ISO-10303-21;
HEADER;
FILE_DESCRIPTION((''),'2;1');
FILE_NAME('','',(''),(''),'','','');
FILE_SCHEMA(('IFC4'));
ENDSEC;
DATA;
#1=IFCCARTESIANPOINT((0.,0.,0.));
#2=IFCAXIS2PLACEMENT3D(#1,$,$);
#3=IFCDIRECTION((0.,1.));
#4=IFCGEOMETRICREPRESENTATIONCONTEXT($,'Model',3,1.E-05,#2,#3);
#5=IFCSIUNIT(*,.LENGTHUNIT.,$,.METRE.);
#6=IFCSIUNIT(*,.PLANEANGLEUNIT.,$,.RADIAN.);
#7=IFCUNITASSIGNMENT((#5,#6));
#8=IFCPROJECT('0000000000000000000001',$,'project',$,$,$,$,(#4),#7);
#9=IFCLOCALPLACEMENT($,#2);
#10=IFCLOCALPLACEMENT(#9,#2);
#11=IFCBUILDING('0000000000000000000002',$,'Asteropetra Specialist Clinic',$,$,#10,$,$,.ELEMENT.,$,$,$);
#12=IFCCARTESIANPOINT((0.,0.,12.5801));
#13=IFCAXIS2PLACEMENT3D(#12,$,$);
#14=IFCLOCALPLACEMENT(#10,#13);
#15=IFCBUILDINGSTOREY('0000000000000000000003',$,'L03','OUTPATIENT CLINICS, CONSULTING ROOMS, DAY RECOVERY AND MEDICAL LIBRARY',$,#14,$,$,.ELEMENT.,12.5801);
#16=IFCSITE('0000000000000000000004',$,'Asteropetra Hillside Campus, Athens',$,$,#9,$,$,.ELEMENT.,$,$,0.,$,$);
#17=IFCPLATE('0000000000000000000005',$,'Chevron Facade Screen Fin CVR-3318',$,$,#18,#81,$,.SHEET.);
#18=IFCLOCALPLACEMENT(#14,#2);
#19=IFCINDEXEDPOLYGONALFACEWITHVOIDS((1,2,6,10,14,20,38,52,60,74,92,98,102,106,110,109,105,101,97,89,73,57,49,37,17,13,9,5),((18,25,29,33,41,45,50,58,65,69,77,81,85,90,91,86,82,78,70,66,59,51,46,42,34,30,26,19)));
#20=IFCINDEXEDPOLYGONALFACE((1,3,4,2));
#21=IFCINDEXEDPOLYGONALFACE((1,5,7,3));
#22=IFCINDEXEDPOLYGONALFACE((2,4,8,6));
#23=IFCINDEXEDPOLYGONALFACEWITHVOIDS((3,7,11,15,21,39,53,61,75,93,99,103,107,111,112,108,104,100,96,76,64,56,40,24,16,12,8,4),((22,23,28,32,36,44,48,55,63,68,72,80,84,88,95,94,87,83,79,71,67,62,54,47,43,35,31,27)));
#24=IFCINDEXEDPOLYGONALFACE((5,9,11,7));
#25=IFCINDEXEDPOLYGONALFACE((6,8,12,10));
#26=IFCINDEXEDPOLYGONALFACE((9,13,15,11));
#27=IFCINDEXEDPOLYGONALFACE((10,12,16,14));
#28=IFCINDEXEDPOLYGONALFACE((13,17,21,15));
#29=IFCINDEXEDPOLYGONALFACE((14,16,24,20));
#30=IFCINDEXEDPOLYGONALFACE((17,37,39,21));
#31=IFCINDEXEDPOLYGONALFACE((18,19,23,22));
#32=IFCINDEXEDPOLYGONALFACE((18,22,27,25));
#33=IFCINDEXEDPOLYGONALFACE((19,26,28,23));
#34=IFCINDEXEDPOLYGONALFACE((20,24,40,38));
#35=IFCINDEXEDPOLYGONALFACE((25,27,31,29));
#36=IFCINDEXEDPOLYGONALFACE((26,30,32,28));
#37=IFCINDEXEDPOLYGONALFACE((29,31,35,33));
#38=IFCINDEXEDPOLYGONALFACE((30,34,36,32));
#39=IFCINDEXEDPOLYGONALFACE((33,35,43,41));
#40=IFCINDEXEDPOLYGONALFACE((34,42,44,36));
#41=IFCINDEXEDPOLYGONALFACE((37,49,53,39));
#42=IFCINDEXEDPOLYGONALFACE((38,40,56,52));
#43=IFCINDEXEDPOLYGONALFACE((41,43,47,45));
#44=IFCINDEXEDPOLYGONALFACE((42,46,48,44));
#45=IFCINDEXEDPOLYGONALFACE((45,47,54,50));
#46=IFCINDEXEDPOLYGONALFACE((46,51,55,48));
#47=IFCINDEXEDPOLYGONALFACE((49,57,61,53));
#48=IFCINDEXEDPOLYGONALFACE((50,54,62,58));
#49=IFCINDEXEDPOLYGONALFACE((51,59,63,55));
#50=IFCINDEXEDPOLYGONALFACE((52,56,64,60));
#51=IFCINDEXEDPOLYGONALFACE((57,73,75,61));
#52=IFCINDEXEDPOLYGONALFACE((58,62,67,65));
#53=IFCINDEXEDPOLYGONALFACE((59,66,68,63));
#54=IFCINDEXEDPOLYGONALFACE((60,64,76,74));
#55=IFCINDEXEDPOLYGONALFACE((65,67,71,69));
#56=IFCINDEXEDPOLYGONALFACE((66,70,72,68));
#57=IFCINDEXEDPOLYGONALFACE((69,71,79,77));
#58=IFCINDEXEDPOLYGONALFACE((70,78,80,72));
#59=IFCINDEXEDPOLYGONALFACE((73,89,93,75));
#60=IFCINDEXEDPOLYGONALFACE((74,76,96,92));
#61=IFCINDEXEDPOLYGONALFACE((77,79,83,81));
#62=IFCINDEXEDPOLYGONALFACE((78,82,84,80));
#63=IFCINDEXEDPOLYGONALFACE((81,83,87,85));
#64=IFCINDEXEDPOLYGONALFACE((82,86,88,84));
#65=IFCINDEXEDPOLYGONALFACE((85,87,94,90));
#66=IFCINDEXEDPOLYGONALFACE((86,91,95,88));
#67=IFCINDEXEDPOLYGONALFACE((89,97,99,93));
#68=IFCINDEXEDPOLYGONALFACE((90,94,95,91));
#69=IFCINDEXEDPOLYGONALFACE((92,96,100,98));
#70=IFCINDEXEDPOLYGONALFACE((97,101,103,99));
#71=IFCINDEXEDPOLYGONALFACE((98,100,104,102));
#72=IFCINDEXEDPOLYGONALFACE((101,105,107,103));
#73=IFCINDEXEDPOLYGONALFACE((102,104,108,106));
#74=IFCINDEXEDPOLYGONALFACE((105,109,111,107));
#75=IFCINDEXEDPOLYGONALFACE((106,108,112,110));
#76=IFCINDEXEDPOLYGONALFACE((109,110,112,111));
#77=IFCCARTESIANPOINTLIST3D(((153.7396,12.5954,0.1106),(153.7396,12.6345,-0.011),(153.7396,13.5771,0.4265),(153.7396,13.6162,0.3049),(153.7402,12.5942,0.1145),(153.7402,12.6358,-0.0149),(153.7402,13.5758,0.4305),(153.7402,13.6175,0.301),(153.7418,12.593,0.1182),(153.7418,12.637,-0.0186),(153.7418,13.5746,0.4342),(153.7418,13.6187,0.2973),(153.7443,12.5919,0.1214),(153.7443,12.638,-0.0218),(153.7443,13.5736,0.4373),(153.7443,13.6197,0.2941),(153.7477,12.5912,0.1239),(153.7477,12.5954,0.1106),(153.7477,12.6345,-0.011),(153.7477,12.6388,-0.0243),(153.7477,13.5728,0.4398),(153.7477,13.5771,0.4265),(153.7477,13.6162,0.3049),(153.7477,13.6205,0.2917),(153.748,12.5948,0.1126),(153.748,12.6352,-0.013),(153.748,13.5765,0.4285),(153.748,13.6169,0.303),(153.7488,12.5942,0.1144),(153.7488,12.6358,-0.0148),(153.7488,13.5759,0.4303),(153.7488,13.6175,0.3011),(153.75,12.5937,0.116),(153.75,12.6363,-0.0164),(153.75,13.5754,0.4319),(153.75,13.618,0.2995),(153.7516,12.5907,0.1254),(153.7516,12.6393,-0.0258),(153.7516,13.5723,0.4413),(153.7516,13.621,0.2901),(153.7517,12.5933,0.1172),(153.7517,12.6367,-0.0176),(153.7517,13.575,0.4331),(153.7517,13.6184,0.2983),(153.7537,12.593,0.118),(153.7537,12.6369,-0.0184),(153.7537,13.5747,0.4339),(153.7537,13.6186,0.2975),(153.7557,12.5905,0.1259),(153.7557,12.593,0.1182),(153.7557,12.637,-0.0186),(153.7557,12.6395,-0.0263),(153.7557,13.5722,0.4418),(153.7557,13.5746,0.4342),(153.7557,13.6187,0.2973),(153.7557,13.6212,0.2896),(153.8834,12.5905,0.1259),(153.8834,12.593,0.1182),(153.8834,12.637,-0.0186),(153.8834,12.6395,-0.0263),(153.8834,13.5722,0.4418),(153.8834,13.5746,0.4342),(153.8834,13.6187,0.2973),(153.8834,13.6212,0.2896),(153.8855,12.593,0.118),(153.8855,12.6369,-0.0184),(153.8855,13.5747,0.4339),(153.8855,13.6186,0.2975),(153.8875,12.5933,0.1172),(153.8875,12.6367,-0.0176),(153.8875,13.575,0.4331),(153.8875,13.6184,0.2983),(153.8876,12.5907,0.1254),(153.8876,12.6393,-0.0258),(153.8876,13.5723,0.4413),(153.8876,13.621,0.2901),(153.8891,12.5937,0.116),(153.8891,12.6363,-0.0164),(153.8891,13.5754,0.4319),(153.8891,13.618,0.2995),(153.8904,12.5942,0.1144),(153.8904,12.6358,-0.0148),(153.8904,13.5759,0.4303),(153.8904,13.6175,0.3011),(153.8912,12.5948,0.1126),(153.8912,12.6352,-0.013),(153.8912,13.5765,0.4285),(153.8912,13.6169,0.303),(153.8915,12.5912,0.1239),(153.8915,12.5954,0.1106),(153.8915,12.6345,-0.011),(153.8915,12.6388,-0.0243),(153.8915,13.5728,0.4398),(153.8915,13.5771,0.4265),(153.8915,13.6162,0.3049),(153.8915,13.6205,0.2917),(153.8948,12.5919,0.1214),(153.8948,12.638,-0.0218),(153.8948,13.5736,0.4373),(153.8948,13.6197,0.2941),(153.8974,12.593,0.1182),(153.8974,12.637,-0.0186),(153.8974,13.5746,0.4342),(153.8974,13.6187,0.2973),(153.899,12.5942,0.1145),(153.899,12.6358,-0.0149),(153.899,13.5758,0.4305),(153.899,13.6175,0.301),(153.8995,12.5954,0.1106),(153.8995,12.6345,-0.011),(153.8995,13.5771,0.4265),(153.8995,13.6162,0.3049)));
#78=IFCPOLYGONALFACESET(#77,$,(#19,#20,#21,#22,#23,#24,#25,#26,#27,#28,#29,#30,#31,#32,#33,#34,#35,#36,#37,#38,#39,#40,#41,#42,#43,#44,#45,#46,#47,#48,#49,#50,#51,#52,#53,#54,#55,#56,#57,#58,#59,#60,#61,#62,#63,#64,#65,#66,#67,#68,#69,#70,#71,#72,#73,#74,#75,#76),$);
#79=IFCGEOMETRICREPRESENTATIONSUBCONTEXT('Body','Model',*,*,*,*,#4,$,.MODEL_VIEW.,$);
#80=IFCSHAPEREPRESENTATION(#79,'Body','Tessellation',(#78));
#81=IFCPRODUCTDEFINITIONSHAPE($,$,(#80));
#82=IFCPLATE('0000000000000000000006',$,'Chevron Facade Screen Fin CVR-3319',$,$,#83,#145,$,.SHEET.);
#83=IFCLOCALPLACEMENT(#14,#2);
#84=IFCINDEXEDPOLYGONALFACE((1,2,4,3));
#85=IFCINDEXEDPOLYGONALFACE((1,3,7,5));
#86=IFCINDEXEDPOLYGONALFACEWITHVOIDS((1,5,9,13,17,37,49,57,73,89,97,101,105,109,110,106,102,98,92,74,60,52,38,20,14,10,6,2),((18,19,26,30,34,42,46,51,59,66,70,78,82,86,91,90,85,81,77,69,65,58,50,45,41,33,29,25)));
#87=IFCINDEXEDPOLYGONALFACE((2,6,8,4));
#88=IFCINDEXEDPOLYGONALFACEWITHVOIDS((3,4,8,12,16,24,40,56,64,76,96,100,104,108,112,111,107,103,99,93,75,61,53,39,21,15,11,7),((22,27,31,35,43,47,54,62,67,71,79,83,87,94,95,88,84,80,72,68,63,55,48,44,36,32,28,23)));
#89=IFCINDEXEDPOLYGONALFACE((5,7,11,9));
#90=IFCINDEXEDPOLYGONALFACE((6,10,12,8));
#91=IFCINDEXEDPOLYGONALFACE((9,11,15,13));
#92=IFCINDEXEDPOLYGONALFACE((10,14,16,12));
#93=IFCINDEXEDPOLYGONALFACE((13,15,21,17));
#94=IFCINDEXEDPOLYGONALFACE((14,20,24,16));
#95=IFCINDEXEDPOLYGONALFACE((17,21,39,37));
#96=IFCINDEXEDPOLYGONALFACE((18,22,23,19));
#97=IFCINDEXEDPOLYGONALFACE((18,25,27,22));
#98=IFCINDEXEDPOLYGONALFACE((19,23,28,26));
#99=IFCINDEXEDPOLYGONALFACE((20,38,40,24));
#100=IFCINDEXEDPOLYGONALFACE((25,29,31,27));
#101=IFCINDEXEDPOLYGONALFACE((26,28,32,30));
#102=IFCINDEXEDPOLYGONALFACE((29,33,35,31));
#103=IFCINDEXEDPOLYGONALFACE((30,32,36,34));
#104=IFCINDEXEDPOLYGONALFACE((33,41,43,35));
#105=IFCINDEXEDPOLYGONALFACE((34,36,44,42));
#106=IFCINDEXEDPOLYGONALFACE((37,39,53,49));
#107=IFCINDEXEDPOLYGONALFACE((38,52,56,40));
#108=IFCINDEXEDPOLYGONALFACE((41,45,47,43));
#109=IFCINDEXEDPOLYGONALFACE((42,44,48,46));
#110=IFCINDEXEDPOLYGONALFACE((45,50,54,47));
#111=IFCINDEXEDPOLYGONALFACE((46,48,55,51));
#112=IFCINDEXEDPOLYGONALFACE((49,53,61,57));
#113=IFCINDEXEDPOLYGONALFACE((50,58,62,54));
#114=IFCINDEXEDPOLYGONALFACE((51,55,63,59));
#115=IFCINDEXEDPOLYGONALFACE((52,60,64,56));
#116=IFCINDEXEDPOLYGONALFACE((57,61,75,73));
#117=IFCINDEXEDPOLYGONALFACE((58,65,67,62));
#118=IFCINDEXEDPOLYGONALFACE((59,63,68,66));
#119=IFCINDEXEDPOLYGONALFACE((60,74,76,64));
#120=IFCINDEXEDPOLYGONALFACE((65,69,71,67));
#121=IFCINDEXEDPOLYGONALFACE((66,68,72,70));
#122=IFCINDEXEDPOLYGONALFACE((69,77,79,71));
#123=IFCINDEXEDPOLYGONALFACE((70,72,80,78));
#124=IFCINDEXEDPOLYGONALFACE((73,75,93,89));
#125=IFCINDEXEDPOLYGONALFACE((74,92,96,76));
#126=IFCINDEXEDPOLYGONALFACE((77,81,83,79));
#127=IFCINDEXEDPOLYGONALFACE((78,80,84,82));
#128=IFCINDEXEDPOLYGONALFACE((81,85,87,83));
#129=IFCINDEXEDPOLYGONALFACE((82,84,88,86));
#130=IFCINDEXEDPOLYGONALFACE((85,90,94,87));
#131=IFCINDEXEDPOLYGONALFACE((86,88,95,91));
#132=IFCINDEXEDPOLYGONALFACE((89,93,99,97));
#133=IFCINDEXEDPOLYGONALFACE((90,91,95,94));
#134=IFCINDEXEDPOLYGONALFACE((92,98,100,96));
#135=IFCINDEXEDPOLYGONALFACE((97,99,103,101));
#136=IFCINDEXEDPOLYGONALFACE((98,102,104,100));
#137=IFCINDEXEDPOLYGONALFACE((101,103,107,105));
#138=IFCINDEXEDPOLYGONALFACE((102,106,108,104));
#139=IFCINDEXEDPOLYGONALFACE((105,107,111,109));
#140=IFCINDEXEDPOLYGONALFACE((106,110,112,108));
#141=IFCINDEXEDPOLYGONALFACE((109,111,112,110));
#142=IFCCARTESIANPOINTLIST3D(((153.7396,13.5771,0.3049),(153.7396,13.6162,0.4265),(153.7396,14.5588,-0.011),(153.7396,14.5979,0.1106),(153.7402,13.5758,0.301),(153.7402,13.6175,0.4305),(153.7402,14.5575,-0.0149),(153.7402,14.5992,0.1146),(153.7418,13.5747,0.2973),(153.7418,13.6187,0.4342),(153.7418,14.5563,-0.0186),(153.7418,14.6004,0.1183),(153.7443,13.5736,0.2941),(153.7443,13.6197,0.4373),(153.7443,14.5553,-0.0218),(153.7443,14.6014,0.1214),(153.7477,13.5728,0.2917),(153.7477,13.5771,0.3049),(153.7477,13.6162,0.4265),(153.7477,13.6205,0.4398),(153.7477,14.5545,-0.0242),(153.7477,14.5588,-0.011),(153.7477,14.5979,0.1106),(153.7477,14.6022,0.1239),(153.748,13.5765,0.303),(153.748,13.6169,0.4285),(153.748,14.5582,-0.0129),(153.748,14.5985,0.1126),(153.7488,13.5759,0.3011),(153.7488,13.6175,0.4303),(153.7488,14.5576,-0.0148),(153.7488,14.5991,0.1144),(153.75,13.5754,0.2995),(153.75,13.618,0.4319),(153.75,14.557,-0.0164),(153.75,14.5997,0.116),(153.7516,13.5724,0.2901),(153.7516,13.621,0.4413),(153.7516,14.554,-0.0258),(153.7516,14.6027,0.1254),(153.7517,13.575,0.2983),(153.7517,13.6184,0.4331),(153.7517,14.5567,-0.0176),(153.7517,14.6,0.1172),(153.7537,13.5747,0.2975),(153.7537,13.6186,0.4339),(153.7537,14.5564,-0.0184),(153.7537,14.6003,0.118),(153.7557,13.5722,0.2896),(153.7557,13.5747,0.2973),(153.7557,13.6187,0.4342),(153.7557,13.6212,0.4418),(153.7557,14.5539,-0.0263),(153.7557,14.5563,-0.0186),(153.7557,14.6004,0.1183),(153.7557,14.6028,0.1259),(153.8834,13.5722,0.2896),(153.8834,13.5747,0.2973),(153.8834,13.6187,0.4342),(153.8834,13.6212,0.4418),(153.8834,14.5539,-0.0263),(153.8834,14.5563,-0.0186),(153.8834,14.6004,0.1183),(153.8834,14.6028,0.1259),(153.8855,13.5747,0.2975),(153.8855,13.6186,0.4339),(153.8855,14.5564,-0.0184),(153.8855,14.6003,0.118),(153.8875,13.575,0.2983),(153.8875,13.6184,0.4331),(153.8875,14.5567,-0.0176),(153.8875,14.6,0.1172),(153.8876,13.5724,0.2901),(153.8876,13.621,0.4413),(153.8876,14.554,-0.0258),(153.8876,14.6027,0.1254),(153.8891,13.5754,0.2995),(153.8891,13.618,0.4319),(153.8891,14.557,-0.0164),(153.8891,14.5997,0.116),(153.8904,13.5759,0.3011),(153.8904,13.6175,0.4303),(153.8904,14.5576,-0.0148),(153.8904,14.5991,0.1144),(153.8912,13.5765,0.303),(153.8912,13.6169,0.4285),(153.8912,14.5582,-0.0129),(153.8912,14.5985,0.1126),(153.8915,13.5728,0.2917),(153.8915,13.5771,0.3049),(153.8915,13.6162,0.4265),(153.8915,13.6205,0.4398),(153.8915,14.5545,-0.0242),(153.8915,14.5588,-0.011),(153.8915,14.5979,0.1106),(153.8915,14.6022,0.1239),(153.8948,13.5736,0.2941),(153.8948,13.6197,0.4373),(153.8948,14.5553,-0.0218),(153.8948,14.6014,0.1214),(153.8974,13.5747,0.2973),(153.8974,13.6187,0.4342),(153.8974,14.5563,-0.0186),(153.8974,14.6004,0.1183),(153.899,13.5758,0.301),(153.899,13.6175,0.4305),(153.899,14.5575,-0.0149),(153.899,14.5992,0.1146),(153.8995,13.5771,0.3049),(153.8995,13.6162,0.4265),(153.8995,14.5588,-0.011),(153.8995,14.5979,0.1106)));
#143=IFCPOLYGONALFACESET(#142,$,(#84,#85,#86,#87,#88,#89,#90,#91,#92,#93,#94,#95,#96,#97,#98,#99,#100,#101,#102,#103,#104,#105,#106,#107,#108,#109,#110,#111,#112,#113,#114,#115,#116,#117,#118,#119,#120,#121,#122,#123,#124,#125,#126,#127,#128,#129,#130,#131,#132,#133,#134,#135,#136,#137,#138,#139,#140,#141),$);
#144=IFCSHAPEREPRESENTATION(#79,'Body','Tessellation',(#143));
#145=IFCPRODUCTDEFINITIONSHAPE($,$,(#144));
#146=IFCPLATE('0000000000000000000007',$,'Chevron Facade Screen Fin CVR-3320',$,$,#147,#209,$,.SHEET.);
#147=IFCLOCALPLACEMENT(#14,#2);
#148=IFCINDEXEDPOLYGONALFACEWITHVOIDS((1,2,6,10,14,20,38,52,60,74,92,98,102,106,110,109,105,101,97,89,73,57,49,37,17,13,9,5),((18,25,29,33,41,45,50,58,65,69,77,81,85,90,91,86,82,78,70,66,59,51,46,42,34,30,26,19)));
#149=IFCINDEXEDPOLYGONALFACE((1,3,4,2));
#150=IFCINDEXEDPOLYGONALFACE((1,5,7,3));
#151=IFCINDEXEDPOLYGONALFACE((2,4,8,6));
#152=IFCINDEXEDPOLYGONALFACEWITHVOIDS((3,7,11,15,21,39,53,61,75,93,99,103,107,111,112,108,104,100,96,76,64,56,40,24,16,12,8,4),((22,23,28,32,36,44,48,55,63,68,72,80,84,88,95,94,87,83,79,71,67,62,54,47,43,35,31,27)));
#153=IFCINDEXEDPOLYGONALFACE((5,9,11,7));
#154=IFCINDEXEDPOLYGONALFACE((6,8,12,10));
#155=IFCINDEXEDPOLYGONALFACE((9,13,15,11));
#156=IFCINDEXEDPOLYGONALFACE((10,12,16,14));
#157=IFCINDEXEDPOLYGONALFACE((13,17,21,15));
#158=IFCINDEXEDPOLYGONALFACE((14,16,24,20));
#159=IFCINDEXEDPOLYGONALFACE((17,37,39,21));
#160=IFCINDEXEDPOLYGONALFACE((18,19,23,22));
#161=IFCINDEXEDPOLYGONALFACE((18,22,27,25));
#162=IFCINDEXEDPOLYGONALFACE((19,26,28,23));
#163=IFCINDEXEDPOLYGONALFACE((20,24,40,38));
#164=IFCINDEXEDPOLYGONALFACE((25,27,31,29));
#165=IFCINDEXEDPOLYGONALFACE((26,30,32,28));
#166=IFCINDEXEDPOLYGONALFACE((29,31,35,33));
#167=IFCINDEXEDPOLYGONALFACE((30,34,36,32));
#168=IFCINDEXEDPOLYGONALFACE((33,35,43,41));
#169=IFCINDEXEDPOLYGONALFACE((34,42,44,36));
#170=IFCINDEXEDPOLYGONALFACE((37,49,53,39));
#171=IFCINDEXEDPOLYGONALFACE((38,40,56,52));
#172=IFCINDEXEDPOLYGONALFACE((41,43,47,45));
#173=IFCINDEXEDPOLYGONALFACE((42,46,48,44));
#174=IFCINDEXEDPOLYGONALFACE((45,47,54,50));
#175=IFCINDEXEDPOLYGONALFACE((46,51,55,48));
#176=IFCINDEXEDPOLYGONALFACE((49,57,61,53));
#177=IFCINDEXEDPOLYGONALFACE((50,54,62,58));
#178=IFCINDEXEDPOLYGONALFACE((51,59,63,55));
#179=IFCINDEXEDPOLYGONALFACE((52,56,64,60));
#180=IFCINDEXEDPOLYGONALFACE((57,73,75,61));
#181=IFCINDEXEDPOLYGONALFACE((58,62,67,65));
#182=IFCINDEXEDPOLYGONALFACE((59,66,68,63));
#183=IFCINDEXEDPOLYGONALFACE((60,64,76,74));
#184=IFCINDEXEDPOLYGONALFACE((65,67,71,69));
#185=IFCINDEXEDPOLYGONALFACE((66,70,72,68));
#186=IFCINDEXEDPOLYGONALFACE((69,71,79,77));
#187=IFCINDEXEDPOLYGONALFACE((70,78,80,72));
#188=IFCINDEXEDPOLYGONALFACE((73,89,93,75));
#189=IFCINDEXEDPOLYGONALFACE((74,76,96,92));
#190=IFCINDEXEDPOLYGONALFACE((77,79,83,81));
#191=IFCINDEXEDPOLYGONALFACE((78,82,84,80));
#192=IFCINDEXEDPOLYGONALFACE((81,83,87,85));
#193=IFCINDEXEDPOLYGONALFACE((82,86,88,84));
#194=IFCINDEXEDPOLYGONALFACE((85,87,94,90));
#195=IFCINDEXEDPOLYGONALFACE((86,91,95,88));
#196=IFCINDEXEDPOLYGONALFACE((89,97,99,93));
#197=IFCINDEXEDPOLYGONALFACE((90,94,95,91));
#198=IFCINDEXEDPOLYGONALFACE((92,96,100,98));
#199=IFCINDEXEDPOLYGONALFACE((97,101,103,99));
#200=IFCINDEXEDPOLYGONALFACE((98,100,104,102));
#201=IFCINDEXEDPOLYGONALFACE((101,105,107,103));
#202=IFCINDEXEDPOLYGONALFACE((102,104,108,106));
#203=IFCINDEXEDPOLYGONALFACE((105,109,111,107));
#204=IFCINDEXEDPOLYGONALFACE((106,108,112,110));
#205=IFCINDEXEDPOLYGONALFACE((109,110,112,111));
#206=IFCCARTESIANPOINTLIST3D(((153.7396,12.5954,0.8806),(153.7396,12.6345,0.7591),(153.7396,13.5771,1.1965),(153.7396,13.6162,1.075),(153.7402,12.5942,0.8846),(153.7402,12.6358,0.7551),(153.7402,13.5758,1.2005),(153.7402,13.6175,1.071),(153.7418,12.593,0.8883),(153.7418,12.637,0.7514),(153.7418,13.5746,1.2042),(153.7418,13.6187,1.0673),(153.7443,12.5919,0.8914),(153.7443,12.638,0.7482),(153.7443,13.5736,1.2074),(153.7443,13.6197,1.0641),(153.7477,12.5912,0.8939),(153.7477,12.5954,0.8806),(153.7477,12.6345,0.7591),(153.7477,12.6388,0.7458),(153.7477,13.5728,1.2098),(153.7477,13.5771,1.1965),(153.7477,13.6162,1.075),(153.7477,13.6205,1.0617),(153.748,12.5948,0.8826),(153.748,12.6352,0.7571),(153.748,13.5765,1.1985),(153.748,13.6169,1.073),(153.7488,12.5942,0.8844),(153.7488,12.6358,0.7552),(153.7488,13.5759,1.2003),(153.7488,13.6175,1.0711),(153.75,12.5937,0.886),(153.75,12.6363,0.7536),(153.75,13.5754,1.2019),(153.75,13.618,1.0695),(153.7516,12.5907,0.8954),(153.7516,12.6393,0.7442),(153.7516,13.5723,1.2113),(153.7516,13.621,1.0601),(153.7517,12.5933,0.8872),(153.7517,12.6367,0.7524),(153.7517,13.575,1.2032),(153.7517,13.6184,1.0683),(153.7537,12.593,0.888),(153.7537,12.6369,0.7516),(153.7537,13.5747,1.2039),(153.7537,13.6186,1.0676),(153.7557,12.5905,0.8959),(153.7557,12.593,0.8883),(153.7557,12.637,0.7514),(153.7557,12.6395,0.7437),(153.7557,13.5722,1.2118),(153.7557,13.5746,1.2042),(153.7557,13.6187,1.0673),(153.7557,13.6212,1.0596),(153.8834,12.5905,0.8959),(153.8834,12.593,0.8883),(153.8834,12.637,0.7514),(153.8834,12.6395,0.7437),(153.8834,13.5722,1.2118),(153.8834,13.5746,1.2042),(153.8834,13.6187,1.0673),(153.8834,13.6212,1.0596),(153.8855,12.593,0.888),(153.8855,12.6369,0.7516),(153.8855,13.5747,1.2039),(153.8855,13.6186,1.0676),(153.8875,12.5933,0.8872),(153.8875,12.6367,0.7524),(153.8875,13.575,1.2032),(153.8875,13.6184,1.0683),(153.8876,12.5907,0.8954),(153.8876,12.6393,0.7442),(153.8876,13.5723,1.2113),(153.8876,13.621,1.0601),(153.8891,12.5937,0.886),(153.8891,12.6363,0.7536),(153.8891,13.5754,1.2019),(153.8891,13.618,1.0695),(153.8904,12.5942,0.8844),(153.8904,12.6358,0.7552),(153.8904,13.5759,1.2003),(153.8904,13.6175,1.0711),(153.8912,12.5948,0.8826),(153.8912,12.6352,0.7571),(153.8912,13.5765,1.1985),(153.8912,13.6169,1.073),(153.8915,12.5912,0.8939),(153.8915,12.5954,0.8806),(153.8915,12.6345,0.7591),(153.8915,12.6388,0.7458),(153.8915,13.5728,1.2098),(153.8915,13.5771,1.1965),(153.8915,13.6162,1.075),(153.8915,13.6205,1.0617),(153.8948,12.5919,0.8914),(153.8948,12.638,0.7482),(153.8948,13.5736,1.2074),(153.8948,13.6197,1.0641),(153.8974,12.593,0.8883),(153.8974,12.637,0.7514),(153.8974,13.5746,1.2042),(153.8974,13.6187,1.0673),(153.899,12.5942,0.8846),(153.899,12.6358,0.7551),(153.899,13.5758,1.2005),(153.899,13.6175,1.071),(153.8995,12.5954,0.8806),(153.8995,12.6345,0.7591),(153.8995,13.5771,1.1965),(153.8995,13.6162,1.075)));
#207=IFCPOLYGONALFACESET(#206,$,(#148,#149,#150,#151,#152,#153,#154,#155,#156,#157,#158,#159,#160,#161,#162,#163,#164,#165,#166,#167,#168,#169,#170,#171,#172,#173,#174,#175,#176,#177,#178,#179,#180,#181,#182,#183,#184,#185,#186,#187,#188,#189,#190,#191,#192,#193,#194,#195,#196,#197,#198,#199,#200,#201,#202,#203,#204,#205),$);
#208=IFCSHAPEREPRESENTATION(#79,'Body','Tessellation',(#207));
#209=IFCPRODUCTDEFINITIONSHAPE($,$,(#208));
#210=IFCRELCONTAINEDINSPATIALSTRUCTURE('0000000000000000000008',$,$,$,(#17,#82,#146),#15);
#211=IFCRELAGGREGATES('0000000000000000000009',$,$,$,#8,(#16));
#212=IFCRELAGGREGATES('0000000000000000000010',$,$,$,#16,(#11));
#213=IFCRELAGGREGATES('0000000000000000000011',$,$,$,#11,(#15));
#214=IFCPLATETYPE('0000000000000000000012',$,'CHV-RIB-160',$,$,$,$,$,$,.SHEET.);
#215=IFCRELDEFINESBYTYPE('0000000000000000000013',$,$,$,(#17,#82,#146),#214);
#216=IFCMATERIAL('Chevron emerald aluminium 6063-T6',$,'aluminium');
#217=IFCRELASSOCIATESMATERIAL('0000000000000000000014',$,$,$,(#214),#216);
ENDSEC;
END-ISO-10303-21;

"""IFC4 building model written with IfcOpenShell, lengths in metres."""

from ifc_helpers import new_model, si_unit, direction, frame, origin, origin_2d, place, context, subcontext, project, spatial, hollow_rectangle, extrude, material, material_profile, profile_set, type_object, element, save


model = new_model("IFC4")

# Units and contexts
model_context = context("Model", 3, precision=1e-05, world=origin(), true_north=direction((0.0, 1.0)))
body_context = subcontext(model_context, "Body", "Model", "MODEL_VIEW")
ifc_project = project(units=[si_unit("LENGTHUNIT", "METRE"), si_unit("PLANEANGLEUNIT", "RADIAN")], contexts=[model_context])

# Site, building, storey
site_placement = place(None, origin())
site = spatial("IfcSite", under=ifc_project, at=site_placement, Name="Asteropetra Hillside Campus, Athens", CompositionType="ELEMENT", RefElevation=0.0)
building_placement = place(site_placement, origin())
building = spatial("IfcBuilding", under=site, at=building_placement, Name="Asteropetra Specialist Clinic", CompositionType="ELEMENT")
storey_placement = place(building_placement, frame((0.0, 0.0, 12.5801)))
storey = spatial("IfcBuildingStorey", under=building, at=storey_placement, Name="L03", Description="OUTPATIENT CLINICS, CONSULTING ROOMS, DAY RECOVERY AND MEDICAL LIBRARY", CompositionType="ELEMENT", Elevation=12.5801)

# Plates
ifc_material_1 = material(Name="Chevron emerald aluminium 6063-T6", Category="aluminium")
ifc_material_profile_1 = material_profile(ifc_material_1, hollow_rectangle(XDim=0.1599, YDim=0.1599, WallThickness=0.0081, InnerFilletRadius=0.0081, OuterFilletRadius=0.0161, at=origin_2d()), Name="SHS 160x160x8.0")
ifc_profile_set_1 = profile_set([ifc_material_profile_1], Name="Chevron emerald aluminium 6063-T6")
plate_type = type_object("IfcPlateType", Name="CHV-RIB-160", PredefinedType="SHEET", material=ifc_profile_set_1)
for number, where, z_axis, x_axis, name in (
    (1, (153.8196, 12.615, 0.0498), (0.0, 0.951923, 0.306339), (-1.0, 0.0, 0.0), "Chevron Facade Screen Fin CVR-3318"),
    (2, (153.8196, 13.5967, 0.3657), (0.0, 0.951923, -0.306339), (-1.0, 0.0, 0.0), "Chevron Facade Screen Fin CVR-3319"),
    (3, (153.8196, 12.615, 0.8198), (0.0, 0.951923, 0.306339), (-1.0, 0.0, 0.0), "Chevron Facade Screen Fin CVR-3320"),
):
    element("IfcPlate", number, at=place(storey_placement, frame(where, z_axis=z_axis, x_axis=x_axis)), inside=storey, type_object=plate_type, Name=name, PredefinedType="SHEET", context=body_context, shape_type="SweptSolid", body=[
        extrude(hollow_rectangle(XDim=0.1599, YDim=0.1599, WallThickness=0.0081, InnerFilletRadius=0.0081, OuterFilletRadius=0.0161, at=origin_2d()), origin(), (0.0, 0.0, 1.0), 1.0312),
    ])

save(model, "model.ifc")
